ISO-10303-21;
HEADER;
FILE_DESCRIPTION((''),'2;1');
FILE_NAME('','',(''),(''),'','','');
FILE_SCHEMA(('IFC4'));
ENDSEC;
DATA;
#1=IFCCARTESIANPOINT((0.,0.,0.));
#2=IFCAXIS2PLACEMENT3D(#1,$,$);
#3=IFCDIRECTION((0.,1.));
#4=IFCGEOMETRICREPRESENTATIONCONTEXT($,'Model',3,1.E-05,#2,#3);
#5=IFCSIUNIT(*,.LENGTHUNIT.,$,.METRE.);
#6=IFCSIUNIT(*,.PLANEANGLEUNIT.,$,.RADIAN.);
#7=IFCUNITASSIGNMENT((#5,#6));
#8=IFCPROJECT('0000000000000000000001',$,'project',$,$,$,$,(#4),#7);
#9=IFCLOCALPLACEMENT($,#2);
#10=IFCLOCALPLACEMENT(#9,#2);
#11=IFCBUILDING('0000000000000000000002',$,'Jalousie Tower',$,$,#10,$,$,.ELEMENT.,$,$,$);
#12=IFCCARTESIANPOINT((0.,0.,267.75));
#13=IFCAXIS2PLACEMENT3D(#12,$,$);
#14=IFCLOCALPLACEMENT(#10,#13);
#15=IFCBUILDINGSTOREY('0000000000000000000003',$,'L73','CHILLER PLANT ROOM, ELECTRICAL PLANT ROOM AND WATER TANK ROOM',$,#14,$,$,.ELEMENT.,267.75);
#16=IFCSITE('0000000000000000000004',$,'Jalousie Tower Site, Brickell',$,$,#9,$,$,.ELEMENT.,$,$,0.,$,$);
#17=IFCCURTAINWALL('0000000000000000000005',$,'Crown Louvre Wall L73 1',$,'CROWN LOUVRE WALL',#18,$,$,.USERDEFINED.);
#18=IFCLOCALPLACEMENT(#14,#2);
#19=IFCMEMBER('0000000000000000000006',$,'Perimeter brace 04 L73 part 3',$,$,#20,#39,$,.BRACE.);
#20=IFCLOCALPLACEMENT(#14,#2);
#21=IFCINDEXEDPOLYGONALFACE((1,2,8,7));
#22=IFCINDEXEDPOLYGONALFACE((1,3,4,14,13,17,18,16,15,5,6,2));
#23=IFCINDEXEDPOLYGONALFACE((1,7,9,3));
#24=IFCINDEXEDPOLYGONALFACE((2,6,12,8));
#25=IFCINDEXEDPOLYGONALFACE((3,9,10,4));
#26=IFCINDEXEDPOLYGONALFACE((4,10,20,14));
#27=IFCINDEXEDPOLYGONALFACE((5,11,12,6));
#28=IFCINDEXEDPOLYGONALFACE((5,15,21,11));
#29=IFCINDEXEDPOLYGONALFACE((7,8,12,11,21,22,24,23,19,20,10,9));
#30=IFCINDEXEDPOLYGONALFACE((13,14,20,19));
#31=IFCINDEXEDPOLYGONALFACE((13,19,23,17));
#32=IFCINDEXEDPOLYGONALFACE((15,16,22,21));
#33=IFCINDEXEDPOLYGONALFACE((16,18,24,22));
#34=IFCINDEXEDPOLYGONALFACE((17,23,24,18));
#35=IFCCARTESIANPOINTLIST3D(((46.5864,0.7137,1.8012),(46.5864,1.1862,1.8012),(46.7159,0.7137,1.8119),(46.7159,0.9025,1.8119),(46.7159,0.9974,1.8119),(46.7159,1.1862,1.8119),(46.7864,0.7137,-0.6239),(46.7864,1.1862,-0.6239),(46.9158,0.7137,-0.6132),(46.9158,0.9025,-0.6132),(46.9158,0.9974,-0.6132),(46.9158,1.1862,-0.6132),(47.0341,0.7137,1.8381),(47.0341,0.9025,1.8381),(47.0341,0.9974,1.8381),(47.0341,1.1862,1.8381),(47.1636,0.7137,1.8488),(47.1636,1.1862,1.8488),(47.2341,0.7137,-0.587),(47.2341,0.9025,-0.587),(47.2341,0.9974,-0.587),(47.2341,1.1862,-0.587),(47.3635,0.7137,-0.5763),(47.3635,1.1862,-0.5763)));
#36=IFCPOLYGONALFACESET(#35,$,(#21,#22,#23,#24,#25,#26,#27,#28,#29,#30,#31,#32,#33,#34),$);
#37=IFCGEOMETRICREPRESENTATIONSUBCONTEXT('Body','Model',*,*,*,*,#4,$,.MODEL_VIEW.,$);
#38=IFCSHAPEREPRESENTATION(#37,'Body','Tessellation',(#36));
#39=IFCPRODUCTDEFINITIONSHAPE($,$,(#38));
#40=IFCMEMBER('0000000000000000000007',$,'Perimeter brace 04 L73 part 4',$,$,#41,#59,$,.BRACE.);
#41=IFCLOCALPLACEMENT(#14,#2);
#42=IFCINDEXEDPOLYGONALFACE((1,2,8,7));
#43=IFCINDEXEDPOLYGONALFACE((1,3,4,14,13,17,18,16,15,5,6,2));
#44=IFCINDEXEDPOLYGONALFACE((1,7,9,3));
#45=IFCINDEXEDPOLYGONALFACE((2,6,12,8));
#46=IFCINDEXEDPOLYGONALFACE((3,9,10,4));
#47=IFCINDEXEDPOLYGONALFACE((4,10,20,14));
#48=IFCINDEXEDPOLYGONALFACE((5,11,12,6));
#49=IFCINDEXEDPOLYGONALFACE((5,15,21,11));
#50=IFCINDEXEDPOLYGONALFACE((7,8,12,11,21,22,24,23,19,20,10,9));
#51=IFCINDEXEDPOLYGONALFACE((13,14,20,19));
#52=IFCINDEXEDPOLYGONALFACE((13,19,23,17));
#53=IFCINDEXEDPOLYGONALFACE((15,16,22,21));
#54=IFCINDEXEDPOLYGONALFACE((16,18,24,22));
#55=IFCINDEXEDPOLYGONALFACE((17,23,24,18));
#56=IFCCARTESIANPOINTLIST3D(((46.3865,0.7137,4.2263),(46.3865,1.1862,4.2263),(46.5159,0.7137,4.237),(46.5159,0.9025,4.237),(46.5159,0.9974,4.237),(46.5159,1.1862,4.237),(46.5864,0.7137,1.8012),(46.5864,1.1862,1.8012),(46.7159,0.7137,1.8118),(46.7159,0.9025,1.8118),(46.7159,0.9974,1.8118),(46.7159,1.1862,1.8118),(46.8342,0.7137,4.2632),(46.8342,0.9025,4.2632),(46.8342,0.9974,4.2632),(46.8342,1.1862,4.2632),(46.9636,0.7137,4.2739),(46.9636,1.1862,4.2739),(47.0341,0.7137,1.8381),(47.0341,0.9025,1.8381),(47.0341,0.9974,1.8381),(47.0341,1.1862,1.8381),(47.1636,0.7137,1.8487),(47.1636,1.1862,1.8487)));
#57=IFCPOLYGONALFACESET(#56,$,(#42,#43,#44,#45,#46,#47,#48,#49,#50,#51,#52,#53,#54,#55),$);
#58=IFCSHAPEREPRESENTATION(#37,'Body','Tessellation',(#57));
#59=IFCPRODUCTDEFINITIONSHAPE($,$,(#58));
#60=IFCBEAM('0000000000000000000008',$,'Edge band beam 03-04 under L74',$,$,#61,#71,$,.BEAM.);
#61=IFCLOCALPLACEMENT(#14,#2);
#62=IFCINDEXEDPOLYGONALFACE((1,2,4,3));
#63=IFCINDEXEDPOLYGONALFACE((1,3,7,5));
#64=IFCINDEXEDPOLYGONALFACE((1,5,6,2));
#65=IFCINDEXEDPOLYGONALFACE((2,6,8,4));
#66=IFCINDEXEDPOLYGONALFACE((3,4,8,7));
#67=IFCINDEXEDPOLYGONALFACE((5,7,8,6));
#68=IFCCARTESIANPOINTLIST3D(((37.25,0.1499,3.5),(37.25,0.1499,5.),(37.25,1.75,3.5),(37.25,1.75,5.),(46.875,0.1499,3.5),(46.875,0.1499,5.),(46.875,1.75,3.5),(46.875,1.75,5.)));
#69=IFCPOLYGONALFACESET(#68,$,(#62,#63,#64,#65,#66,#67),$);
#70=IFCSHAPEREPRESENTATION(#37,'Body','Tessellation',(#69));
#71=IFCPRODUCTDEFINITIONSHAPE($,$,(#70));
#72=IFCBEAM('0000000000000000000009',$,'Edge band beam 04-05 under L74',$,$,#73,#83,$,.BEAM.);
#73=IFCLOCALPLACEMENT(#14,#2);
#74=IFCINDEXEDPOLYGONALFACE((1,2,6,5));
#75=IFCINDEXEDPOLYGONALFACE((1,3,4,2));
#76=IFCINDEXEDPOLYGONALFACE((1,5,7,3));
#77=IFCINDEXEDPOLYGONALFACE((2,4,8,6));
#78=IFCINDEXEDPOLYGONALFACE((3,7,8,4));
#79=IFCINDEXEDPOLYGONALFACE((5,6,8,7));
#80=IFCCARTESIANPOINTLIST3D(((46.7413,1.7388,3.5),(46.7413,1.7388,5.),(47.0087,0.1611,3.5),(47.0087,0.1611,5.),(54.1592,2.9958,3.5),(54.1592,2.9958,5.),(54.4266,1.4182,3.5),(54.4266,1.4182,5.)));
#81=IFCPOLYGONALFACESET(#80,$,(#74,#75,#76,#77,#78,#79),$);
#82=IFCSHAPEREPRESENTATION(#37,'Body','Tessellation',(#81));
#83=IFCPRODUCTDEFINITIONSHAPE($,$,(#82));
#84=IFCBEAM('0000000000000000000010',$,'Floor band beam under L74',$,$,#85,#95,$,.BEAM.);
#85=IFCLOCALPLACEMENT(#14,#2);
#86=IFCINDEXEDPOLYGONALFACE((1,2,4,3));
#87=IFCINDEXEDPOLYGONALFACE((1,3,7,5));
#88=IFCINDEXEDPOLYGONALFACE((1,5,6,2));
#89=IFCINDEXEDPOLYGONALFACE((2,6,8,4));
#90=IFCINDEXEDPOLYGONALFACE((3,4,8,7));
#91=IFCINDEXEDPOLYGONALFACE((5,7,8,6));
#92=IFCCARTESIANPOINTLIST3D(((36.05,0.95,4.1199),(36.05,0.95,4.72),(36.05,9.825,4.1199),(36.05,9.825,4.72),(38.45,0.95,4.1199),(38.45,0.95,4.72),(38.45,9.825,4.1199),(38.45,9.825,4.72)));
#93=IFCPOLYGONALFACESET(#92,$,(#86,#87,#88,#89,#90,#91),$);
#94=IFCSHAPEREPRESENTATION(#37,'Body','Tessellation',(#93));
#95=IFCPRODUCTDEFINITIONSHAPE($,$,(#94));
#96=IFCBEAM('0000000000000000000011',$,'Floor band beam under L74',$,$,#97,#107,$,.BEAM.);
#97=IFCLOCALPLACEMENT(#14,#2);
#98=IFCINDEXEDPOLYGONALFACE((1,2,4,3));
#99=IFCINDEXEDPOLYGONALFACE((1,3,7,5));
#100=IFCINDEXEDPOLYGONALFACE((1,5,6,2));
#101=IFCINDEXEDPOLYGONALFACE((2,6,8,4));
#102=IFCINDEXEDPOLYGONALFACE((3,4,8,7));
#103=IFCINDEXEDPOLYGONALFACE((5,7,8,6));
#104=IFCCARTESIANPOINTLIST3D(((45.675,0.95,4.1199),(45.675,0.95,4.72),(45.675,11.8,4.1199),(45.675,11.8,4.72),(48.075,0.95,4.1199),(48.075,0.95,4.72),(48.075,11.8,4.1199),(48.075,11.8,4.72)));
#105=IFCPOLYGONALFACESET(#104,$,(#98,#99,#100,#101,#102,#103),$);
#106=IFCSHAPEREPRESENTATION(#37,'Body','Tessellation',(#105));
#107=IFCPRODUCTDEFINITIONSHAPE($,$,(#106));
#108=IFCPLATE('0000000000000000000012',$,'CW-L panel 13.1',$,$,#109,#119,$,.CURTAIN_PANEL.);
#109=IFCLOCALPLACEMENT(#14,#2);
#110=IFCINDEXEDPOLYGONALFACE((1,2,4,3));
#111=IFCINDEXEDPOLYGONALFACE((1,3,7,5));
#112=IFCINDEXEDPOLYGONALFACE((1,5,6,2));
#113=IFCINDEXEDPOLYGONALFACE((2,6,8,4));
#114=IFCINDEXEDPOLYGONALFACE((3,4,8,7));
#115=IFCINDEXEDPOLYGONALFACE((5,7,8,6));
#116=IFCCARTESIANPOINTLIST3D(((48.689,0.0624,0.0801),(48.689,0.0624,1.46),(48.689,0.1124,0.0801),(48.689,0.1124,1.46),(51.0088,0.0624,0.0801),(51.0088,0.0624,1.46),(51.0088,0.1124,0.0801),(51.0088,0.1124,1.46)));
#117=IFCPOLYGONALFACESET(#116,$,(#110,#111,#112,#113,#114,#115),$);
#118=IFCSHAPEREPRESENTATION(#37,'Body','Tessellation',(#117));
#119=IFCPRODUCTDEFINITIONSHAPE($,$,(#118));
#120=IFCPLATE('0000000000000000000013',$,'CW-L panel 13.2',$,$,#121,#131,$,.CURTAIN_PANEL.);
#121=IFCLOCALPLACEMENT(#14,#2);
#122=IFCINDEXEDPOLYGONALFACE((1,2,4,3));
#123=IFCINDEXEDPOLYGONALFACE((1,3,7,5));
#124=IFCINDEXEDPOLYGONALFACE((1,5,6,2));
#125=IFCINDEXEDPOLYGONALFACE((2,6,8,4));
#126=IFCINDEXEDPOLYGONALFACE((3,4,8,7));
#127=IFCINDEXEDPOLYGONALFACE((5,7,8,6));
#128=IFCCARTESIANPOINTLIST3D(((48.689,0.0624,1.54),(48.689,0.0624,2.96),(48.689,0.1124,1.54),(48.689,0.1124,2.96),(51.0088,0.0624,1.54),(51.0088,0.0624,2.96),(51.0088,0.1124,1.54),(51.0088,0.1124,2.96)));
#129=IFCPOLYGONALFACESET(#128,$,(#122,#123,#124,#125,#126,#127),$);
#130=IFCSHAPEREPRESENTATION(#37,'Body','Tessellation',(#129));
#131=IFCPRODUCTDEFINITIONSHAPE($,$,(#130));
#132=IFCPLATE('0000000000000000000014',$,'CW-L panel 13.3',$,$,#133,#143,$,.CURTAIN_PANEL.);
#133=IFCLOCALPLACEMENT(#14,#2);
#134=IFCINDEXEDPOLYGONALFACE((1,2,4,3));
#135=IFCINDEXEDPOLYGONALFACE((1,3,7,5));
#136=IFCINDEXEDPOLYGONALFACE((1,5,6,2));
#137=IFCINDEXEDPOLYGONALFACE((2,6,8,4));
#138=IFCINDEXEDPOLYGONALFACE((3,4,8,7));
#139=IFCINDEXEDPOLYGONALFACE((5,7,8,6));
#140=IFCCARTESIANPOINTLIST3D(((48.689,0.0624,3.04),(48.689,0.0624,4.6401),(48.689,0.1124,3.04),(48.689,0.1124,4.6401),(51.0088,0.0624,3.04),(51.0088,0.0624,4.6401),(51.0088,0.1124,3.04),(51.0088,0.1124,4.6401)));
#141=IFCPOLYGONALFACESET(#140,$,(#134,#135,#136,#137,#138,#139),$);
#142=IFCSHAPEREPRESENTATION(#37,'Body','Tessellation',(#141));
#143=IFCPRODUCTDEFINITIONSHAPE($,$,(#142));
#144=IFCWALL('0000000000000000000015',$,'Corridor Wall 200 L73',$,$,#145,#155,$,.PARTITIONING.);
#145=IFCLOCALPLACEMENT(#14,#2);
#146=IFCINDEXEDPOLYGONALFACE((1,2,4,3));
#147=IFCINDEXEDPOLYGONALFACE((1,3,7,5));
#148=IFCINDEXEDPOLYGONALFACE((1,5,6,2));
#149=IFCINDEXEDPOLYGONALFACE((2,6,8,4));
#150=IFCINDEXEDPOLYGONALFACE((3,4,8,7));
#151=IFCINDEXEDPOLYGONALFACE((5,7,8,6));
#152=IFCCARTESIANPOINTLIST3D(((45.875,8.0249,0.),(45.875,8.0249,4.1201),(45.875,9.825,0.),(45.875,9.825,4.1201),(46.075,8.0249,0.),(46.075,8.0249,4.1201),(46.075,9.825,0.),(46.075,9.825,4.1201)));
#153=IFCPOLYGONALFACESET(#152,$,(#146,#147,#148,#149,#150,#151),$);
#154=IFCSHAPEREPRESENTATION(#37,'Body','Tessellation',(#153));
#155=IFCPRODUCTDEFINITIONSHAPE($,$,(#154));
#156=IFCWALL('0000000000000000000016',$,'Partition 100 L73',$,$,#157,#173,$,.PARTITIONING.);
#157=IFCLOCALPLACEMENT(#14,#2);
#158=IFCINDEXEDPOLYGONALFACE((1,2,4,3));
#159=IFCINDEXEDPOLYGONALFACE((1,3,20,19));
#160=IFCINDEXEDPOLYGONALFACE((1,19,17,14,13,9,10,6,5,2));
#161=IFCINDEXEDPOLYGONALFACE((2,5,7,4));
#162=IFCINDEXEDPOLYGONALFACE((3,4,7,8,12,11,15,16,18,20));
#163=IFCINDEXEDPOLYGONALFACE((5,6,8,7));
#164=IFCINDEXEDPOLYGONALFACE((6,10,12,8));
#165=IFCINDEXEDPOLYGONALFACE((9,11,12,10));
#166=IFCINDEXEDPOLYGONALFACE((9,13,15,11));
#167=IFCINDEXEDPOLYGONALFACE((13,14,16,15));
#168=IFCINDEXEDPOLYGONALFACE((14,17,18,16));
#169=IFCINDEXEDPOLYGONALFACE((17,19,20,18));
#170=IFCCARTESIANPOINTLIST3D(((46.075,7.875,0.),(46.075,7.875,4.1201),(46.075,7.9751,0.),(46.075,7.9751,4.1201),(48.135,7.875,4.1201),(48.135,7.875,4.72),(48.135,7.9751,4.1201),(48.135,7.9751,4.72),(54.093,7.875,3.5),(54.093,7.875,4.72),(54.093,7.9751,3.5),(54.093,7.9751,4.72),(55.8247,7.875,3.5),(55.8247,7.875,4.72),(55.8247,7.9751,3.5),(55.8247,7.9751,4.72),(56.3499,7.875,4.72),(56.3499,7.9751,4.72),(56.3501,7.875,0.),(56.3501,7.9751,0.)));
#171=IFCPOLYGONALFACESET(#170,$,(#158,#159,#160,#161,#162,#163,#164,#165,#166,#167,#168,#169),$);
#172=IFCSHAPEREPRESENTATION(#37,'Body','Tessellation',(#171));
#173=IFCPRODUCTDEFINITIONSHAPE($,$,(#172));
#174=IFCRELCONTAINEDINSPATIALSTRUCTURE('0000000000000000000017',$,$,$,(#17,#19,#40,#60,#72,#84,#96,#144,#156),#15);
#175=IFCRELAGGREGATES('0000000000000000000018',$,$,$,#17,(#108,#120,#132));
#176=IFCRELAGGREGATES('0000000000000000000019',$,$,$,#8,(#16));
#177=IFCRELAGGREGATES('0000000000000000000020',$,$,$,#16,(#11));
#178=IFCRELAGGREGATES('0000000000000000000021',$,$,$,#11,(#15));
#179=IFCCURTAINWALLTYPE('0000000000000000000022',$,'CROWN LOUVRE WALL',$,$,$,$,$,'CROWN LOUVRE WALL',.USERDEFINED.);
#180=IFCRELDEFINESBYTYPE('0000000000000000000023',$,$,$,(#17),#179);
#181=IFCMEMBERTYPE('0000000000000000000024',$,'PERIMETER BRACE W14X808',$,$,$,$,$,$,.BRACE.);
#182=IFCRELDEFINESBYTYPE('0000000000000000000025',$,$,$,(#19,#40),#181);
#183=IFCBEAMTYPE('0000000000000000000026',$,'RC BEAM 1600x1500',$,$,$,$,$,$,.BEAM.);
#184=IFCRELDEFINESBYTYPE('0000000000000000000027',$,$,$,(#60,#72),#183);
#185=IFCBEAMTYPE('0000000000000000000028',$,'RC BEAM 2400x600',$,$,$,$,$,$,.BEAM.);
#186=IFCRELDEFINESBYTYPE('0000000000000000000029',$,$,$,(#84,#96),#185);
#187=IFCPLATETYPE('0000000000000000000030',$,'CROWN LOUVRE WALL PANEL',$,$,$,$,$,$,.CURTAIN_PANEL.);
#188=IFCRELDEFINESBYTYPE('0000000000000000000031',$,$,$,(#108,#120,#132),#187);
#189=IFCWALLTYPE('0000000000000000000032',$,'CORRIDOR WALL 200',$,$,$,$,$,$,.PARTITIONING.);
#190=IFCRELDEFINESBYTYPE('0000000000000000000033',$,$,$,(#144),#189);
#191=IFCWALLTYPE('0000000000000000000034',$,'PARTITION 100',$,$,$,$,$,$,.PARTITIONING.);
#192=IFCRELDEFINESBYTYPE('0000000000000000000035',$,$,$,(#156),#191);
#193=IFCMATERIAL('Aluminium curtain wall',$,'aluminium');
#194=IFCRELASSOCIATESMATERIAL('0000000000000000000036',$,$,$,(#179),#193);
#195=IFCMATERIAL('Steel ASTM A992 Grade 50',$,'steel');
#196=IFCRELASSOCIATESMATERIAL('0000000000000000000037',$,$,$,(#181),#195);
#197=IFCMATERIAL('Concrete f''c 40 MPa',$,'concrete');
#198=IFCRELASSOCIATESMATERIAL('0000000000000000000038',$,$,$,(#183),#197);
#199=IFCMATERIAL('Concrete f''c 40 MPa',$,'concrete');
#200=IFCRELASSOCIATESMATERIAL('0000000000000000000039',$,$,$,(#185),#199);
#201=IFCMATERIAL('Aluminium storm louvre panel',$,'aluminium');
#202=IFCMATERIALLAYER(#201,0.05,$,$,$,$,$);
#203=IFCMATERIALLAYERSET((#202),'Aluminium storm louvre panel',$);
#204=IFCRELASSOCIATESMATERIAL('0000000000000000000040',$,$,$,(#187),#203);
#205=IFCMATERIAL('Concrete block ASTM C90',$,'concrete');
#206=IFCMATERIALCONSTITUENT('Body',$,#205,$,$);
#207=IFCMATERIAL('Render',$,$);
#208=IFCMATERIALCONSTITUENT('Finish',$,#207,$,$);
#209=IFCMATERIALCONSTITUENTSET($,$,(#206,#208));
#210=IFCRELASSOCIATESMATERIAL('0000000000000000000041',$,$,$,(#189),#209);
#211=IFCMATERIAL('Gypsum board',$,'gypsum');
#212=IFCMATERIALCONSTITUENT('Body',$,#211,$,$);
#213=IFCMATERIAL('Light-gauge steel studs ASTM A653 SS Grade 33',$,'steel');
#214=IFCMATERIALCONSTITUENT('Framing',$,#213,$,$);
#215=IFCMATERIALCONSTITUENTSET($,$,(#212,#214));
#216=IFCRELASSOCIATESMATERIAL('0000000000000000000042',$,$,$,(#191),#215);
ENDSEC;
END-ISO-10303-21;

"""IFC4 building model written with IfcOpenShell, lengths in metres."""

from ifc_helpers import new_model, si_unit, direction, frame, origin, origin_2d, place, context, subcontext, project, spatial, polyline, rectangle, i_section, outline, extrude, material, layer, layer_set, constituent, constituent_set, material_profile, profile_set, type_object, element, aggregate, save


model = new_model("IFC4")

# Units and contexts
model_context = context("Model", 3, precision=1e-05, world=origin(), true_north=direction((0.0, 1.0)))
body_context = subcontext(model_context, "Body", "Model", "MODEL_VIEW")
ifc_project = project(units=[si_unit("LENGTHUNIT", "METRE"), si_unit("PLANEANGLEUNIT", "RADIAN")], contexts=[model_context])

# Site, building, storey
site_placement = place(None, origin())
site = spatial("IfcSite", under=ifc_project, at=site_placement, Name="Jalousie Tower Site, Brickell", CompositionType="ELEMENT", RefElevation=0.0)
building_placement = place(site_placement, origin())
building = spatial("IfcBuilding", under=site, at=building_placement, Name="Jalousie Tower", CompositionType="ELEMENT")
storey_placement = place(building_placement, frame((0.0, 0.0, 267.75)))
storey = spatial("IfcBuildingStorey", under=building, at=storey_placement, Name="L73", Description="CHILLER PLANT ROOM, ELECTRICAL PLANT ROOM AND WATER TANK ROOM", CompositionType="ELEMENT", Elevation=267.75)

# Curtain wall
ifc_material_1 = material(Name="Aluminium curtain wall", Category="aluminium")
curtain_wall_type = type_object("IfcCurtainWallType", Name="CROWN LOUVRE WALL", ElementType="CROWN LOUVRE WALL", PredefinedType="USERDEFINED", material=ifc_material_1)
curtain_wall_placement = place(storey_placement, origin())
curtain_wall = element("IfcCurtainWall", 1, at=curtain_wall_placement, inside=storey, type_object=curtain_wall_type, Name="Crown Louvre Wall L73 1", ObjectType="CROWN LOUVRE WALL", PredefinedType="USERDEFINED")

# Members
ifc_material_2 = material(Name="Steel ASTM A992 Grade 50", Category="steel")
ifc_material_profile_1 = material_profile(ifc_material_2, i_section(OverallWidth=0.4724, OverallDepth=0.5791, WebThickness=0.095, FlangeThickness=0.1299, at=origin_2d()), Name="W14X808")
ifc_profile_set_1 = profile_set([ifc_material_profile_1], Name="Steel ASTM A992 Grade 50")
member_type_1 = type_object("IfcMemberType", Name="PERIMETER BRACE W14X808", PredefinedType="BRACE", material=ifc_profile_set_1)
for number, where, z_axis, x_axis, name in (
    (2, (47.075, 0.95, -0.6001), (-0.082174, 0.0, 0.996618), (0.0, -1.0, 0.0), "Perimeter brace 04 L73 part 3"),
    (3, (46.875, 0.95, 1.825), (-0.082174, 0.0, 0.996618), (0.0, -1.0, 0.0), "Perimeter brace 04 L73 part 4"),
):
    element("IfcMember", number, at=place(storey_placement, frame(where, z_axis=z_axis, x_axis=x_axis)), inside=storey, type_object=member_type_1, Name=name, PredefinedType="BRACE", context=body_context, shape_type="SweptSolid", body=[
        extrude(i_section(OverallWidth=0.4724, OverallDepth=0.5791, WebThickness=0.095, FlangeThickness=0.1299, at=origin_2d()), origin(), (0.0, 0.0, 1.0), 2.4333),
    ])

# Beams
ifc_material_3 = material(Name="Concrete f'c 40 MPa", Category="concrete")
ifc_material_profile_2 = material_profile(ifc_material_3, rectangle(XDim=1.6001, YDim=1.5, at=origin_2d()), Name="RC 1600x1500")
ifc_profile_set_2 = profile_set([ifc_material_profile_2], Name="Concrete f'c 40 MPa")
beam_type_1 = type_object("IfcBeamType", Name="RC BEAM 1600x1500", PredefinedType="BEAM", material=ifc_profile_set_2)
beam_1_placement = place(storey_placement, frame((37.25, 0.95, 4.25), z_axis=(1.0, 0.0, 0.0), x_axis=(0.0, 1.0, 0.0)))
element("IfcBeam", 4, at=beam_1_placement, inside=storey, type_object=beam_type_1, Name="Edge band beam 03-04 under L74", PredefinedType="BEAM", context=body_context, shape_type="SweptSolid", body=[
    extrude(rectangle(XDim=1.6001, YDim=1.5, at=origin_2d()), origin(), (0.0, 0.0, 1.0), 9.625),
])
beam_2_placement = place(storey_placement, frame((46.875, 0.95, 4.25), z_axis=(0.985943, 0.167082, 0.0), x_axis=(-0.167082, 0.985943, 0.0)))
element("IfcBeam", 5, at=beam_2_placement, inside=storey, type_object=beam_type_1, Name="Edge band beam 04-05 under L74", PredefinedType="BEAM", context=body_context, shape_type="SweptSolid", body=[
    extrude(rectangle(XDim=1.6001, YDim=1.5, at=origin_2d()), origin(), (0.0, 0.0, 1.0), 7.5237),
])
ifc_material_4 = material(Name="Concrete f'c 40 MPa", Category="concrete")
ifc_material_profile_3 = material_profile(ifc_material_4, rectangle(XDim=2.3999, YDim=0.6001, at=origin_2d()), Name="RC 2400x600")
ifc_profile_set_3 = profile_set([ifc_material_profile_3], Name="Concrete f'c 40 MPa")
beam_type_2 = type_object("IfcBeamType", Name="RC BEAM 2400x600", PredefinedType="BEAM", material=ifc_profile_set_3)
beam_3_placement = place(storey_placement, frame((37.25, 0.95, 4.4199), z_axis=(0.0, 1.0, 0.0), x_axis=(-1.0, 0.0, 0.0)))
element("IfcBeam", 6, at=beam_3_placement, inside=storey, type_object=beam_type_2, Name="Floor band beam under L74", PredefinedType="BEAM", context=body_context, shape_type="SweptSolid", body=[
    extrude(rectangle(XDim=2.3999, YDim=0.6001, at=origin_2d()), origin(), (0.0, 0.0, 1.0), 8.875),
])
beam_4_placement = place(storey_placement, frame((46.875, 0.95, 4.4199), z_axis=(0.0, 1.0, 0.0), x_axis=(-1.0, 0.0, 0.0)))
element("IfcBeam", 7, at=beam_4_placement, inside=storey, type_object=beam_type_2, Name="Floor band beam under L74", PredefinedType="BEAM", context=body_context, shape_type="SweptSolid", body=[
    extrude(rectangle(XDim=2.3999, YDim=0.6001, at=origin_2d()), origin(), (0.0, 0.0, 1.0), 10.8501),
])

# Plates
ifc_material_5 = material(Name="Aluminium storm louvre panel", Category="aluminium")
ifc_layer = layer(ifc_material_5, 0.05)
ifc_layer_set = layer_set([ifc_layer], Name="Aluminium storm louvre panel")
plate_type = type_object("IfcPlateType", Name="CROWN LOUVRE WALL PANEL", PredefinedType="CURTAIN_PANEL", material=ifc_layer_set)
plate_1_placement = place(storey_placement, frame((49.8489, 0.0874, 0.0801), z_axis=(0.0, 0.0, 1.0), x_axis=(1.0, 0.0, 0.0)))
plate_1 = element("IfcPlate", 8, at=plate_1_placement, type_object=plate_type, Name="CW-L panel 13.1", PredefinedType="CURTAIN_PANEL", context=body_context, shape_type="SweptSolid", body=[
    extrude(rectangle(XDim=2.3198, YDim=0.05, at=origin_2d()), origin(), (0.0, 0.0, 1.0), 1.3799),
])
plate_2_placement = place(storey_placement, frame((49.8489, 0.0874, 1.54), z_axis=(0.0, 0.0, 1.0), x_axis=(1.0, 0.0, 0.0)))
plate_2 = element("IfcPlate", 9, at=plate_2_placement, type_object=plate_type, Name="CW-L panel 13.2", PredefinedType="CURTAIN_PANEL", context=body_context, shape_type="SweptSolid", body=[
    extrude(rectangle(XDim=2.3198, YDim=0.05, at=origin_2d()), origin(), (0.0, 0.0, 1.0), 1.4199),
])
plate_3_placement = place(storey_placement, frame((49.8489, 0.0874, 3.04), z_axis=(0.0, 0.0, 1.0), x_axis=(1.0, 0.0, 0.0)))
plate_3 = element("IfcPlate", 10, at=plate_3_placement, type_object=plate_type, Name="CW-L panel 13.3", PredefinedType="CURTAIN_PANEL", context=body_context, shape_type="SweptSolid", body=[
    extrude(rectangle(XDim=2.3198, YDim=0.05, at=origin_2d()), origin(), (0.0, 0.0, 1.0), 1.6001),
])
aggregate(curtain_wall, [plate_1, plate_2, plate_3])

# Walls
ifc_material_6 = material(Name="Concrete block ASTM C90", Category="concrete")
ifc_constituent_1 = constituent(ifc_material_6, Name="Body")
ifc_material_7 = material(Name="Render")
ifc_constituent_2 = constituent(ifc_material_7, Name="Finish")
ifc_constituent_set_1 = constituent_set(constituents=[ifc_constituent_1, ifc_constituent_2])
wall_type_1 = type_object("IfcWallType", Name="CORRIDOR WALL 200", PredefinedType="PARTITIONING", material=ifc_constituent_set_1)
wall_1_placement = place(storey_placement, frame((45.9751, 8.0249, 0.0), z_axis=(0.0, 0.0, 1.0), x_axis=(0.0, 1.0, 0.0)))
element("IfcWall", 11, at=wall_1_placement, inside=storey, type_object=wall_type_1, Name="Corridor Wall 200 L73", PredefinedType="PARTITIONING", context=body_context, shape_type="SweptSolid", body=[
    extrude(outline(polyline([(0.0, 0.0), (1.8, 0.0), (1.8, 4.72), (1.8, 4.1201), (0.0, 4.1201), (0.0, 4.72), (0.0, 0.0)])), frame((0.0, 0.1001, 0.0), z_axis=(0.0, -1.0, 0.0), x_axis=(1.0, 0.0, 0.0)), (0.0, 0.0, 1.0), 0.2),
])
ifc_material_8 = material(Name="Gypsum board", Category="gypsum")
ifc_constituent_3 = constituent(ifc_material_8, Name="Body")
ifc_material_9 = material(Name="Light-gauge steel studs ASTM A653 SS Grade 33", Category="steel")
ifc_constituent_4 = constituent(ifc_material_9, Name="Framing")
ifc_constituent_set_2 = constituent_set(constituents=[ifc_constituent_3, ifc_constituent_4])
wall_type_2 = type_object("IfcWallType", Name="PARTITION 100", PredefinedType="PARTITIONING", material=ifc_constituent_set_2)
wall_2_placement = place(storey_placement, frame((46.075, 7.925, 0.0), z_axis=(0.0, 0.0, 1.0), x_axis=(1.0, 0.0, 0.0)))
element("IfcWall", 12, at=wall_2_placement, inside=storey, type_object=wall_type_2, Name="Partition 100 L73", PredefinedType="PARTITIONING", context=body_context, shape_type="SweptSolid", body=[
    extrude(outline(polyline([(0.0, 0.0), (10.2751, 0.0), (10.2749, 4.72), (9.7498, 4.72), (9.7498, 3.5), (8.0181, 3.5), (8.0181, 4.72), (2.0601, 4.72), (2.0601, 4.1201), (0.0, 4.1201), (0.0, 4.72), (0.0, 0.0)])), frame((0.0, 0.05, 0.0), z_axis=(0.0, -1.0, 0.0), x_axis=(1.0, 0.0, 0.0)), (0.0, 0.0, 1.0), 0.1001),
])

save(model, "model.ifc")
